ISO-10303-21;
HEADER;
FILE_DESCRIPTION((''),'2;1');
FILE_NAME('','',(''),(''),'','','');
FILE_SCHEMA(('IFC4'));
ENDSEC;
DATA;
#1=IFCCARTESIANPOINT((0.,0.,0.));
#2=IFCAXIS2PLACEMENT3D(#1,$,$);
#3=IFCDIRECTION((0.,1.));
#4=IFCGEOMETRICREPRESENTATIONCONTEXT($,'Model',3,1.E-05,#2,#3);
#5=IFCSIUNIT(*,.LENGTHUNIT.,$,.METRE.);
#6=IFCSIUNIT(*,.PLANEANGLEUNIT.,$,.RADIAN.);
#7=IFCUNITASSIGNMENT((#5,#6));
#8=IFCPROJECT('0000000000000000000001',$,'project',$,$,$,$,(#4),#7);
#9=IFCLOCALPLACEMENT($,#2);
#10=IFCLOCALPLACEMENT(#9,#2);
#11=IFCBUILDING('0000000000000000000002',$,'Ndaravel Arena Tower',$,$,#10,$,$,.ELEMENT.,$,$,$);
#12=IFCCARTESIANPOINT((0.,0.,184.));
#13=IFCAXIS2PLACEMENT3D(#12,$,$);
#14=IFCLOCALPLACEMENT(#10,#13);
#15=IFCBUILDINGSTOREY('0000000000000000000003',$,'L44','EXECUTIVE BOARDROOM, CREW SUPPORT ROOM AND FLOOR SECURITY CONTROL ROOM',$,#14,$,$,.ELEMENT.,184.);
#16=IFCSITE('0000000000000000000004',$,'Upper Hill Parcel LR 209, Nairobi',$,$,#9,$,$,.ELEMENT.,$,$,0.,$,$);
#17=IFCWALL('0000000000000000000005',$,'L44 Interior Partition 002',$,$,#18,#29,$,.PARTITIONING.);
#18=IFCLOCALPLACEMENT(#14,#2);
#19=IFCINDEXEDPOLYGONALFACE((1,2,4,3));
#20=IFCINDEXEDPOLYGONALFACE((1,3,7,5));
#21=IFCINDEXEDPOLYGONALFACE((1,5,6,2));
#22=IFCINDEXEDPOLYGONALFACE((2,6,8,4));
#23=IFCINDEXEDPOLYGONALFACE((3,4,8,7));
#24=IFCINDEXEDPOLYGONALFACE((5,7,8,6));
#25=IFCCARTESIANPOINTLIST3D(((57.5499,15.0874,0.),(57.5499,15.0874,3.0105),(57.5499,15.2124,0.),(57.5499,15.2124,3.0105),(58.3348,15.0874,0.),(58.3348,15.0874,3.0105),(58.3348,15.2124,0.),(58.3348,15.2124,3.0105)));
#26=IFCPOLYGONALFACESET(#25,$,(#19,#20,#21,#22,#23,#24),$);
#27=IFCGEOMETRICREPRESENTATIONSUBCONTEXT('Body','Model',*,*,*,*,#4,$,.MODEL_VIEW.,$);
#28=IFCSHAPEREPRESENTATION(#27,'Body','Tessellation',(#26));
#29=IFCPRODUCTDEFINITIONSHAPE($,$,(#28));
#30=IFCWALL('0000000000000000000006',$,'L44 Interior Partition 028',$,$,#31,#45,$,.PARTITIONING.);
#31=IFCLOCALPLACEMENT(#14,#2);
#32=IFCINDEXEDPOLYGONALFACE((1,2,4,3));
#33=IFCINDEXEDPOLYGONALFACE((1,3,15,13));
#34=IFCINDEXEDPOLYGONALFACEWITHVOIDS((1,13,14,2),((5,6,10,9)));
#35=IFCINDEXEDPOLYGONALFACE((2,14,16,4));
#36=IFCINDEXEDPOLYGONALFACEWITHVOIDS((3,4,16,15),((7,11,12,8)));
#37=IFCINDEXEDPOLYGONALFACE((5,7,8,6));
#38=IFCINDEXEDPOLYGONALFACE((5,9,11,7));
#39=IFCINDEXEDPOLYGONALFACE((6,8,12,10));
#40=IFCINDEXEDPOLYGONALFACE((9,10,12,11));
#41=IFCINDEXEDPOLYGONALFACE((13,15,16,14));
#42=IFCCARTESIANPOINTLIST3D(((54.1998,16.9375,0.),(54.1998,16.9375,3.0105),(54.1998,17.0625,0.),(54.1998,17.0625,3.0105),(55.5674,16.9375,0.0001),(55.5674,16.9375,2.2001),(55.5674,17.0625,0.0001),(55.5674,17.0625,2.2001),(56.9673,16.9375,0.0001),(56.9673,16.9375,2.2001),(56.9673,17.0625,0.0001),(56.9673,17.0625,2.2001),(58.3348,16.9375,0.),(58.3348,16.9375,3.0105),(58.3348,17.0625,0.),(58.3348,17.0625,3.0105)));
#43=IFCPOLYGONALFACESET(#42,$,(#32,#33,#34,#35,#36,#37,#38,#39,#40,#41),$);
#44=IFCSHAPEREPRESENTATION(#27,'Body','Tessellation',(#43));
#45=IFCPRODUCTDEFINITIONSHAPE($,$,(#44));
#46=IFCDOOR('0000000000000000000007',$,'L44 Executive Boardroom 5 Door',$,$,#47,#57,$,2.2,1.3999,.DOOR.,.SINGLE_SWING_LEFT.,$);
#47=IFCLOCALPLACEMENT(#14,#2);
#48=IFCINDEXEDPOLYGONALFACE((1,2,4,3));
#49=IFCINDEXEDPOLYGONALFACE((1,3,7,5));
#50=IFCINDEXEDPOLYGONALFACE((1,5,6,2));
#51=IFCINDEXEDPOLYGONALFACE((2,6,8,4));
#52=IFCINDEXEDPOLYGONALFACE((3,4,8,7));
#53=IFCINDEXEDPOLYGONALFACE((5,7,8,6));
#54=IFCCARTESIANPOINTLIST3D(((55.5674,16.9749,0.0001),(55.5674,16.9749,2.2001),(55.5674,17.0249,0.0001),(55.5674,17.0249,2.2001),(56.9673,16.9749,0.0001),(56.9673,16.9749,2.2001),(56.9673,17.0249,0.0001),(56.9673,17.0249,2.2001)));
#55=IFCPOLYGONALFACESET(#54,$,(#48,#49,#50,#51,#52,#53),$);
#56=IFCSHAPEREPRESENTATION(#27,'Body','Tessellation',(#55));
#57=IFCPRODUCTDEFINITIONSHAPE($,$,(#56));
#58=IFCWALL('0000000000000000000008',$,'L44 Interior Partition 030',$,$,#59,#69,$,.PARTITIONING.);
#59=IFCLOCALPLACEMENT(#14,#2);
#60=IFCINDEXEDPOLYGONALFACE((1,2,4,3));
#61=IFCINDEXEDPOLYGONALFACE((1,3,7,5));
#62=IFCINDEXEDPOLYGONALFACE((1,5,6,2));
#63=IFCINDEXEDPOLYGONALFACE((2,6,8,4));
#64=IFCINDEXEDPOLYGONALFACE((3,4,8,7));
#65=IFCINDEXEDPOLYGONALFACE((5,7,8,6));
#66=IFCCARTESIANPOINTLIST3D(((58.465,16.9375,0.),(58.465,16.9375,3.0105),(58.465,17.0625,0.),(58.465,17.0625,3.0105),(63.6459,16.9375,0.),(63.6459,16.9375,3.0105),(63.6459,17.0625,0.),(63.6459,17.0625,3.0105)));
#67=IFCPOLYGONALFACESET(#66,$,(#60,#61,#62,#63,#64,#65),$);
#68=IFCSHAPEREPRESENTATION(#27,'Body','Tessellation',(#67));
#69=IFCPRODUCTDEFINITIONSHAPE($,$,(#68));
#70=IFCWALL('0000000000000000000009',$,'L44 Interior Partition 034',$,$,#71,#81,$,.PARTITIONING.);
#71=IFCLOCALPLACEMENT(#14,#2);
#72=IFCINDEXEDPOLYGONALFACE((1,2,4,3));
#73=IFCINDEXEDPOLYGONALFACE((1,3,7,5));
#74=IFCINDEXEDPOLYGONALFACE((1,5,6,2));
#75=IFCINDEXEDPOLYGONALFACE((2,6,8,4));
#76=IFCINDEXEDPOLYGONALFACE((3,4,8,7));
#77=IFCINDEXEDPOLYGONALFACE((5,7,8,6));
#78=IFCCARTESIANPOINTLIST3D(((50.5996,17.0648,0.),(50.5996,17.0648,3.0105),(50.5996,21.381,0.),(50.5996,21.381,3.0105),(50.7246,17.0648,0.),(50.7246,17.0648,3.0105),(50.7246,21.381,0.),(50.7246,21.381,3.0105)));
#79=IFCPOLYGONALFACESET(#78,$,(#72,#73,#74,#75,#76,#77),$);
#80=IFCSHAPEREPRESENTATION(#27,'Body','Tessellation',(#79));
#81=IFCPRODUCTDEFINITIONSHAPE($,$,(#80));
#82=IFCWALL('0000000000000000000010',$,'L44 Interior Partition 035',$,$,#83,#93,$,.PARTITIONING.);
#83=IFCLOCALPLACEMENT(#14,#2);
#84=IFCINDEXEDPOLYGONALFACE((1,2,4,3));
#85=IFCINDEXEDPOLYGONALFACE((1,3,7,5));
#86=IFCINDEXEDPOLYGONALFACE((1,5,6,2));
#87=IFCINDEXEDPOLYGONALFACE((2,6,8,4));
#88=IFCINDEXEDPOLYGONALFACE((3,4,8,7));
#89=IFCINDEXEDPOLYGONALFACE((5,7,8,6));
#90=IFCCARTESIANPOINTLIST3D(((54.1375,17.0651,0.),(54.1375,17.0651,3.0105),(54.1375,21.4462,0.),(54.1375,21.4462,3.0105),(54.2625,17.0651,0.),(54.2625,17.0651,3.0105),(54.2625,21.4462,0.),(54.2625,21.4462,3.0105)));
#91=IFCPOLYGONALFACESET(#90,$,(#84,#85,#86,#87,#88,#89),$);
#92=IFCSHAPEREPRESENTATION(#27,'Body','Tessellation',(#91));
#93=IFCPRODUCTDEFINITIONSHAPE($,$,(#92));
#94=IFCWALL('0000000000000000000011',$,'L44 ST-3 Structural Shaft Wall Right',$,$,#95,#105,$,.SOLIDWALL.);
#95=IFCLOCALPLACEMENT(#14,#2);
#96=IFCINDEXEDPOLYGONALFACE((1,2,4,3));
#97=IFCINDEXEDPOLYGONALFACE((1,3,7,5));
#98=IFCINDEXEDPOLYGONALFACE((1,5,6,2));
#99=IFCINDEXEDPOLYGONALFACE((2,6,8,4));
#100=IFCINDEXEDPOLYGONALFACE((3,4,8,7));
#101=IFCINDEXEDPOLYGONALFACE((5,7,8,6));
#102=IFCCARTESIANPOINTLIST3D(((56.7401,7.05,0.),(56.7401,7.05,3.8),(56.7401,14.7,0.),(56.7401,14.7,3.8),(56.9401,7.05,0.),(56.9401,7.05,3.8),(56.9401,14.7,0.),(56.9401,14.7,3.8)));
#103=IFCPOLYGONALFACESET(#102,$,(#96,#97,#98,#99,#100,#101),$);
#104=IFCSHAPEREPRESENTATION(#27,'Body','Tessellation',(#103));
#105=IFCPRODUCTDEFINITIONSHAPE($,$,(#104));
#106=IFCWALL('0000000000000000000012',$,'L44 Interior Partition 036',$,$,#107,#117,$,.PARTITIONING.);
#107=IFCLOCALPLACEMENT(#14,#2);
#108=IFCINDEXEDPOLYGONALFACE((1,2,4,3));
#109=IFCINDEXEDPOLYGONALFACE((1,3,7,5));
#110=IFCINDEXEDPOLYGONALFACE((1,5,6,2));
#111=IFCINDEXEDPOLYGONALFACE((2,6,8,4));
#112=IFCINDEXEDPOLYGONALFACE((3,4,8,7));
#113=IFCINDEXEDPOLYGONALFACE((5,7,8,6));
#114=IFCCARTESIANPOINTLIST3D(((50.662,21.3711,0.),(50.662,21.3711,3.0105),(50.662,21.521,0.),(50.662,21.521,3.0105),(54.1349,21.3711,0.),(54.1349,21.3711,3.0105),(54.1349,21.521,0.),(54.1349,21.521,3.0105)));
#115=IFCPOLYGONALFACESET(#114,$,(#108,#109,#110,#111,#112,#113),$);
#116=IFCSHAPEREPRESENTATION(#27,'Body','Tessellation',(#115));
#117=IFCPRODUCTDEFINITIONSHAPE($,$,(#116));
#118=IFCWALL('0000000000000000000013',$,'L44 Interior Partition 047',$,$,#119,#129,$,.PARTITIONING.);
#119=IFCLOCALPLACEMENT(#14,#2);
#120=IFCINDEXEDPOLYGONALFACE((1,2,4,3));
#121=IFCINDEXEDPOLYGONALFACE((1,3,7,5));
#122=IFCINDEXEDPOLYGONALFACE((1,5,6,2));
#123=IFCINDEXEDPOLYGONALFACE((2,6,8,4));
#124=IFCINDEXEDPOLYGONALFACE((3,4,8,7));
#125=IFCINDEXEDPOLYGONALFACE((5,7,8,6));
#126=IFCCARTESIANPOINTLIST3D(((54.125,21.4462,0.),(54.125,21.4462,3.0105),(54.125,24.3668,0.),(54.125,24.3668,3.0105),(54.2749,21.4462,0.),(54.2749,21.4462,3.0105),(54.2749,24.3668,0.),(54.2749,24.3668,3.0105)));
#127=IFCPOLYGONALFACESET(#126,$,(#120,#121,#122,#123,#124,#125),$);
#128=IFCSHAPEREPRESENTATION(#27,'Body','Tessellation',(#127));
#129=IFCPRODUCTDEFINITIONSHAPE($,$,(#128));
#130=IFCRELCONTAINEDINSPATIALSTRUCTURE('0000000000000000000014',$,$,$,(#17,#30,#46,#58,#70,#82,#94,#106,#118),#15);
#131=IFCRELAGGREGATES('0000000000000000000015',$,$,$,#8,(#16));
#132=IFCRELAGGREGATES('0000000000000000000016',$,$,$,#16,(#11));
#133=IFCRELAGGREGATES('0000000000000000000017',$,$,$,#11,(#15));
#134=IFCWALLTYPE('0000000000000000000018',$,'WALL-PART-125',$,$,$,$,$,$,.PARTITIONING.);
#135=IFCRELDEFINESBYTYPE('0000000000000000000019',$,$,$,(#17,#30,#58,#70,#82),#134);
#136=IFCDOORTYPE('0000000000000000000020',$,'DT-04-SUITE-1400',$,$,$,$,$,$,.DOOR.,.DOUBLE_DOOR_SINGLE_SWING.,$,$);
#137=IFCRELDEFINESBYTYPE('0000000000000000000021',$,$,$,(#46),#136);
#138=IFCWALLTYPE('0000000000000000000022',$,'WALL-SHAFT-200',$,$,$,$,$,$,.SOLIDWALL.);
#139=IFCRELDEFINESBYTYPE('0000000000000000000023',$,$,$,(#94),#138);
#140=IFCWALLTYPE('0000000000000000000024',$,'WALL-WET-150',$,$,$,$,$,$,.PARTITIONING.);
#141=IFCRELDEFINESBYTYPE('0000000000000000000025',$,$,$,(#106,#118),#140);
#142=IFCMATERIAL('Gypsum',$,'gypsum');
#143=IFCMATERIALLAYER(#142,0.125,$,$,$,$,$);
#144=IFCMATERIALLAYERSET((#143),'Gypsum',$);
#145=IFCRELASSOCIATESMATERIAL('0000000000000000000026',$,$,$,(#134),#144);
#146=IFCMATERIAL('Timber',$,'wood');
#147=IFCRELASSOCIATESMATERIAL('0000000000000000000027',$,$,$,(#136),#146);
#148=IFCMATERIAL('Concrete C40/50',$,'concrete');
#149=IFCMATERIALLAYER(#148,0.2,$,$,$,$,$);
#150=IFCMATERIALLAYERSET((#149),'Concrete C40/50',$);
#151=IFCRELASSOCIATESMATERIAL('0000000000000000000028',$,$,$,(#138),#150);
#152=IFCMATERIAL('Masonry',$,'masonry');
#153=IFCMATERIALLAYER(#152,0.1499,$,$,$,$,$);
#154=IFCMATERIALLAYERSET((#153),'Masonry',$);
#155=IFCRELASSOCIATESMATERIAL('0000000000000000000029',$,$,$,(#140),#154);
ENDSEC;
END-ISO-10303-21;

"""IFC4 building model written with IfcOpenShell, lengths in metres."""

from ifc_helpers import new_model, si_unit, direction, frame, frame_2d, origin, place, context, subcontext, project, spatial, rectangle, extrude, material, layer, layer_set, type_object, element, fill, save


model = new_model("IFC4")

# Units and contexts
model_context = context("Model", 3, precision=1e-05, world=origin(), true_north=direction((0.0, 1.0)))
body_context = subcontext(model_context, "Body", "Model", "MODEL_VIEW")
ifc_project = project(units=[si_unit("LENGTHUNIT", "METRE"), si_unit("PLANEANGLEUNIT", "RADIAN")], contexts=[model_context])

# Site, building, storey
site_placement = place(None, origin())
site = spatial("IfcSite", under=ifc_project, at=site_placement, Name="Upper Hill Parcel LR 209, Nairobi", CompositionType="ELEMENT", RefElevation=0.0)
building_placement = place(site_placement, origin())
building = spatial("IfcBuilding", under=site, at=building_placement, Name="Ndaravel Arena Tower", CompositionType="ELEMENT")
storey_placement = place(building_placement, frame((0.0, 0.0, 184.0)))
storey = spatial("IfcBuildingStorey", under=building, at=storey_placement, Name="L44", Description="EXECUTIVE BOARDROOM, CREW SUPPORT ROOM AND FLOOR SECURITY CONTROL ROOM", CompositionType="ELEMENT", Elevation=184.0)

# Wall
ifc_material_1 = material(Name="Gypsum", Category="gypsum")
ifc_layer_1 = layer(ifc_material_1, 0.125)
ifc_layer_set_1 = layer_set([ifc_layer_1], Name="Gypsum")
wall_type_1 = type_object("IfcWallType", Name="WALL-PART-125", PredefinedType="PARTITIONING", material=ifc_layer_set_1)
wall_1_placement = place(storey_placement, frame((58.335, 15.1499, 0.0), z_axis=(0.0, 0.0, 1.0), x_axis=(-1.0, 0.0, 0.0)))
element("IfcWall", 1, at=wall_1_placement, inside=storey, type_object=wall_type_1, Name="L44 Interior Partition 002", PredefinedType="PARTITIONING", context=body_context, shape_type="SweptSolid", body=[
    extrude(rectangle(XDim=0.7849, YDim=0.125, at=frame_2d((0.3926, 0.0))), origin(), (0.0, 0.0, 1.0), 3.0105),
])

# Wall, opening, door
wall_2_placement = place(storey_placement, frame((54.2, 17.0, 0.0), z_axis=(0.0, 0.0, 1.0), x_axis=(1.0, 0.0, 0.0)))
wall_2 = element("IfcWall", 2, at=wall_2_placement, inside=storey, type_object=wall_type_1, Name="L44 Interior Partition 028", PredefinedType="PARTITIONING", context=body_context, shape_type="SweptSolid", body=[
    extrude(rectangle(XDim=4.135, YDim=0.125, at=frame_2d((2.0674, 0.0))), origin(), (0.0, 0.0, 1.0), 3.0105),
])
opening_1_placement = place(wall_2_placement, frame((1.3674, 0.0, 0.0)))
opening_1 = element("IfcOpeningElement", 3, at=opening_1_placement, cuts=wall_2, PredefinedType="OPENING", context=body_context, shape_type="SweptSolid", body=[
    extrude(rectangle(XDim=1.3999, YDim=2.2, at=frame_2d((0.7, 1.1001))), frame((0.0, 0.0625, 0.0), z_axis=(0.0, -1.0, 0.0), x_axis=(1.0, 0.0, 0.0)), (0.0, 0.0, 1.0), 0.125),
])
ifc_material_2 = material(Name="Timber", Category="wood")
door_type_1 = type_object("IfcDoorType", Name="DT-04-SUITE-1400", OperationType="DOUBLE_DOOR_SINGLE_SWING", PredefinedType="DOOR", material=ifc_material_2)
door_1_placement = place(opening_1_placement, origin())
door_1 = element("IfcDoor", 4, at=door_1_placement, inside=storey, type_object=door_type_1, Name="L44 Executive Boardroom 5 Door", OperationType="SINGLE_SWING_LEFT", OverallHeight=2.2, OverallWidth=1.3999, PredefinedType="DOOR", context=body_context, shape_type="SweptSolid", body=[
    extrude(rectangle(XDim=1.3999, YDim=2.2, at=frame_2d((0.7, 1.1001))), frame((0.0, 0.0249, 0.0), z_axis=(0.0, -1.0, 0.0), x_axis=(1.0, 0.0, 0.0)), (0.0, 0.0, 1.0), 0.05),
])
fill(opening_1, door_1)

# Walls
wall_3_placement = place(storey_placement, frame((58.4651, 17.0, 0.0), z_axis=(0.0, 0.0, 1.0), x_axis=(1.0, 0.0, 0.0)))
element("IfcWall", 5, at=wall_3_placement, inside=storey, type_object=wall_type_1, Name="L44 Interior Partition 030", PredefinedType="PARTITIONING", context=body_context, shape_type="SweptSolid", body=[
    extrude(rectangle(XDim=5.1809, YDim=0.125, at=frame_2d((2.5903, 0.0))), origin(), (0.0, 0.0, 1.0), 3.0105),
])
wall_4_placement = place(storey_placement, frame((50.6621, 21.3811, 0.0), z_axis=(0.0, 0.0, 1.0), x_axis=(0.0, -1.0, 0.0)))
element("IfcWall", 6, at=wall_4_placement, inside=storey, type_object=wall_type_1, Name="L44 Interior Partition 034", PredefinedType="PARTITIONING", context=body_context, shape_type="SweptSolid", body=[
    extrude(rectangle(XDim=4.3162, YDim=0.125, at=frame_2d((2.1582, 0.0))), origin(), (0.0, 0.0, 1.0), 3.0105),
])
wall_5_placement = place(storey_placement, frame((54.2, 21.446, 0.0), z_axis=(0.0, 0.0, 1.0), x_axis=(0.0, -1.0, 0.0)))
element("IfcWall", 7, at=wall_5_placement, inside=storey, type_object=wall_type_1, Name="L44 Interior Partition 035", PredefinedType="PARTITIONING", context=body_context, shape_type="SweptSolid", body=[
    extrude(rectangle(XDim=4.3811, YDim=0.125, at=frame_2d((2.1904, 0.0))), origin(), (0.0, 0.0, 1.0), 3.0105),
])
ifc_material_3 = material(Name="Concrete C40/50", Category="concrete")
ifc_layer_2 = layer(ifc_material_3, 0.2)
ifc_layer_set_2 = layer_set([ifc_layer_2], Name="Concrete C40/50")
wall_type_2 = type_object("IfcWallType", Name="WALL-SHAFT-200", PredefinedType="SOLIDWALL", material=ifc_layer_set_2)
wall_6_placement = place(storey_placement, frame((56.8401, 14.7, 0.0), z_axis=(0.0, 0.0, 1.0), x_axis=(0.0, -1.0, 0.0)))
element("IfcWall", 8, at=wall_6_placement, inside=storey, type_object=wall_type_2, Name="L44 ST-3 Structural Shaft Wall Right", PredefinedType="SOLIDWALL", context=body_context, shape_type="SweptSolid", body=[
    extrude(rectangle(XDim=7.6499, YDim=0.2, at=frame_2d((3.825, 0.0))), origin(), (0.0, 0.0, 1.0), 3.8),
])
ifc_material_4 = material(Name="Masonry", Category="masonry")
ifc_layer_3 = layer(ifc_material_4, 0.1499)
ifc_layer_set_3 = layer_set([ifc_layer_3], Name="Masonry")
wall_type_3 = type_object("IfcWallType", Name="WALL-WET-150", PredefinedType="PARTITIONING", material=ifc_layer_set_3)
wall_7_placement = place(storey_placement, frame((50.6621, 21.446, 0.0), z_axis=(0.0, 0.0, 1.0), x_axis=(1.0, 0.0, 0.0)))
element("IfcWall", 9, at=wall_7_placement, inside=storey, type_object=wall_type_3, Name="L44 Interior Partition 036", PredefinedType="PARTITIONING", context=body_context, shape_type="SweptSolid", body=[
    extrude(rectangle(XDim=3.4729, YDim=0.1499, at=frame_2d((1.7363, 0.0))), origin(), (0.0, 0.0, 1.0), 3.0105),
])
wall_8_placement = place(storey_placement, frame((54.2, 21.446, 0.0), z_axis=(0.0, 0.0, 1.0), x_axis=(0.0, 1.0, 0.0)))
element("IfcWall", 10, at=wall_8_placement, inside=storey, type_object=wall_type_3, Name="L44 Interior Partition 047", PredefinedType="PARTITIONING", context=body_context, shape_type="SweptSolid", body=[
    extrude(rectangle(XDim=2.9207, YDim=0.1499, at=frame_2d((1.4604, 0.0))), origin(), (0.0, 0.0, 1.0), 3.0105),
])

save(model, "model.ifc")
